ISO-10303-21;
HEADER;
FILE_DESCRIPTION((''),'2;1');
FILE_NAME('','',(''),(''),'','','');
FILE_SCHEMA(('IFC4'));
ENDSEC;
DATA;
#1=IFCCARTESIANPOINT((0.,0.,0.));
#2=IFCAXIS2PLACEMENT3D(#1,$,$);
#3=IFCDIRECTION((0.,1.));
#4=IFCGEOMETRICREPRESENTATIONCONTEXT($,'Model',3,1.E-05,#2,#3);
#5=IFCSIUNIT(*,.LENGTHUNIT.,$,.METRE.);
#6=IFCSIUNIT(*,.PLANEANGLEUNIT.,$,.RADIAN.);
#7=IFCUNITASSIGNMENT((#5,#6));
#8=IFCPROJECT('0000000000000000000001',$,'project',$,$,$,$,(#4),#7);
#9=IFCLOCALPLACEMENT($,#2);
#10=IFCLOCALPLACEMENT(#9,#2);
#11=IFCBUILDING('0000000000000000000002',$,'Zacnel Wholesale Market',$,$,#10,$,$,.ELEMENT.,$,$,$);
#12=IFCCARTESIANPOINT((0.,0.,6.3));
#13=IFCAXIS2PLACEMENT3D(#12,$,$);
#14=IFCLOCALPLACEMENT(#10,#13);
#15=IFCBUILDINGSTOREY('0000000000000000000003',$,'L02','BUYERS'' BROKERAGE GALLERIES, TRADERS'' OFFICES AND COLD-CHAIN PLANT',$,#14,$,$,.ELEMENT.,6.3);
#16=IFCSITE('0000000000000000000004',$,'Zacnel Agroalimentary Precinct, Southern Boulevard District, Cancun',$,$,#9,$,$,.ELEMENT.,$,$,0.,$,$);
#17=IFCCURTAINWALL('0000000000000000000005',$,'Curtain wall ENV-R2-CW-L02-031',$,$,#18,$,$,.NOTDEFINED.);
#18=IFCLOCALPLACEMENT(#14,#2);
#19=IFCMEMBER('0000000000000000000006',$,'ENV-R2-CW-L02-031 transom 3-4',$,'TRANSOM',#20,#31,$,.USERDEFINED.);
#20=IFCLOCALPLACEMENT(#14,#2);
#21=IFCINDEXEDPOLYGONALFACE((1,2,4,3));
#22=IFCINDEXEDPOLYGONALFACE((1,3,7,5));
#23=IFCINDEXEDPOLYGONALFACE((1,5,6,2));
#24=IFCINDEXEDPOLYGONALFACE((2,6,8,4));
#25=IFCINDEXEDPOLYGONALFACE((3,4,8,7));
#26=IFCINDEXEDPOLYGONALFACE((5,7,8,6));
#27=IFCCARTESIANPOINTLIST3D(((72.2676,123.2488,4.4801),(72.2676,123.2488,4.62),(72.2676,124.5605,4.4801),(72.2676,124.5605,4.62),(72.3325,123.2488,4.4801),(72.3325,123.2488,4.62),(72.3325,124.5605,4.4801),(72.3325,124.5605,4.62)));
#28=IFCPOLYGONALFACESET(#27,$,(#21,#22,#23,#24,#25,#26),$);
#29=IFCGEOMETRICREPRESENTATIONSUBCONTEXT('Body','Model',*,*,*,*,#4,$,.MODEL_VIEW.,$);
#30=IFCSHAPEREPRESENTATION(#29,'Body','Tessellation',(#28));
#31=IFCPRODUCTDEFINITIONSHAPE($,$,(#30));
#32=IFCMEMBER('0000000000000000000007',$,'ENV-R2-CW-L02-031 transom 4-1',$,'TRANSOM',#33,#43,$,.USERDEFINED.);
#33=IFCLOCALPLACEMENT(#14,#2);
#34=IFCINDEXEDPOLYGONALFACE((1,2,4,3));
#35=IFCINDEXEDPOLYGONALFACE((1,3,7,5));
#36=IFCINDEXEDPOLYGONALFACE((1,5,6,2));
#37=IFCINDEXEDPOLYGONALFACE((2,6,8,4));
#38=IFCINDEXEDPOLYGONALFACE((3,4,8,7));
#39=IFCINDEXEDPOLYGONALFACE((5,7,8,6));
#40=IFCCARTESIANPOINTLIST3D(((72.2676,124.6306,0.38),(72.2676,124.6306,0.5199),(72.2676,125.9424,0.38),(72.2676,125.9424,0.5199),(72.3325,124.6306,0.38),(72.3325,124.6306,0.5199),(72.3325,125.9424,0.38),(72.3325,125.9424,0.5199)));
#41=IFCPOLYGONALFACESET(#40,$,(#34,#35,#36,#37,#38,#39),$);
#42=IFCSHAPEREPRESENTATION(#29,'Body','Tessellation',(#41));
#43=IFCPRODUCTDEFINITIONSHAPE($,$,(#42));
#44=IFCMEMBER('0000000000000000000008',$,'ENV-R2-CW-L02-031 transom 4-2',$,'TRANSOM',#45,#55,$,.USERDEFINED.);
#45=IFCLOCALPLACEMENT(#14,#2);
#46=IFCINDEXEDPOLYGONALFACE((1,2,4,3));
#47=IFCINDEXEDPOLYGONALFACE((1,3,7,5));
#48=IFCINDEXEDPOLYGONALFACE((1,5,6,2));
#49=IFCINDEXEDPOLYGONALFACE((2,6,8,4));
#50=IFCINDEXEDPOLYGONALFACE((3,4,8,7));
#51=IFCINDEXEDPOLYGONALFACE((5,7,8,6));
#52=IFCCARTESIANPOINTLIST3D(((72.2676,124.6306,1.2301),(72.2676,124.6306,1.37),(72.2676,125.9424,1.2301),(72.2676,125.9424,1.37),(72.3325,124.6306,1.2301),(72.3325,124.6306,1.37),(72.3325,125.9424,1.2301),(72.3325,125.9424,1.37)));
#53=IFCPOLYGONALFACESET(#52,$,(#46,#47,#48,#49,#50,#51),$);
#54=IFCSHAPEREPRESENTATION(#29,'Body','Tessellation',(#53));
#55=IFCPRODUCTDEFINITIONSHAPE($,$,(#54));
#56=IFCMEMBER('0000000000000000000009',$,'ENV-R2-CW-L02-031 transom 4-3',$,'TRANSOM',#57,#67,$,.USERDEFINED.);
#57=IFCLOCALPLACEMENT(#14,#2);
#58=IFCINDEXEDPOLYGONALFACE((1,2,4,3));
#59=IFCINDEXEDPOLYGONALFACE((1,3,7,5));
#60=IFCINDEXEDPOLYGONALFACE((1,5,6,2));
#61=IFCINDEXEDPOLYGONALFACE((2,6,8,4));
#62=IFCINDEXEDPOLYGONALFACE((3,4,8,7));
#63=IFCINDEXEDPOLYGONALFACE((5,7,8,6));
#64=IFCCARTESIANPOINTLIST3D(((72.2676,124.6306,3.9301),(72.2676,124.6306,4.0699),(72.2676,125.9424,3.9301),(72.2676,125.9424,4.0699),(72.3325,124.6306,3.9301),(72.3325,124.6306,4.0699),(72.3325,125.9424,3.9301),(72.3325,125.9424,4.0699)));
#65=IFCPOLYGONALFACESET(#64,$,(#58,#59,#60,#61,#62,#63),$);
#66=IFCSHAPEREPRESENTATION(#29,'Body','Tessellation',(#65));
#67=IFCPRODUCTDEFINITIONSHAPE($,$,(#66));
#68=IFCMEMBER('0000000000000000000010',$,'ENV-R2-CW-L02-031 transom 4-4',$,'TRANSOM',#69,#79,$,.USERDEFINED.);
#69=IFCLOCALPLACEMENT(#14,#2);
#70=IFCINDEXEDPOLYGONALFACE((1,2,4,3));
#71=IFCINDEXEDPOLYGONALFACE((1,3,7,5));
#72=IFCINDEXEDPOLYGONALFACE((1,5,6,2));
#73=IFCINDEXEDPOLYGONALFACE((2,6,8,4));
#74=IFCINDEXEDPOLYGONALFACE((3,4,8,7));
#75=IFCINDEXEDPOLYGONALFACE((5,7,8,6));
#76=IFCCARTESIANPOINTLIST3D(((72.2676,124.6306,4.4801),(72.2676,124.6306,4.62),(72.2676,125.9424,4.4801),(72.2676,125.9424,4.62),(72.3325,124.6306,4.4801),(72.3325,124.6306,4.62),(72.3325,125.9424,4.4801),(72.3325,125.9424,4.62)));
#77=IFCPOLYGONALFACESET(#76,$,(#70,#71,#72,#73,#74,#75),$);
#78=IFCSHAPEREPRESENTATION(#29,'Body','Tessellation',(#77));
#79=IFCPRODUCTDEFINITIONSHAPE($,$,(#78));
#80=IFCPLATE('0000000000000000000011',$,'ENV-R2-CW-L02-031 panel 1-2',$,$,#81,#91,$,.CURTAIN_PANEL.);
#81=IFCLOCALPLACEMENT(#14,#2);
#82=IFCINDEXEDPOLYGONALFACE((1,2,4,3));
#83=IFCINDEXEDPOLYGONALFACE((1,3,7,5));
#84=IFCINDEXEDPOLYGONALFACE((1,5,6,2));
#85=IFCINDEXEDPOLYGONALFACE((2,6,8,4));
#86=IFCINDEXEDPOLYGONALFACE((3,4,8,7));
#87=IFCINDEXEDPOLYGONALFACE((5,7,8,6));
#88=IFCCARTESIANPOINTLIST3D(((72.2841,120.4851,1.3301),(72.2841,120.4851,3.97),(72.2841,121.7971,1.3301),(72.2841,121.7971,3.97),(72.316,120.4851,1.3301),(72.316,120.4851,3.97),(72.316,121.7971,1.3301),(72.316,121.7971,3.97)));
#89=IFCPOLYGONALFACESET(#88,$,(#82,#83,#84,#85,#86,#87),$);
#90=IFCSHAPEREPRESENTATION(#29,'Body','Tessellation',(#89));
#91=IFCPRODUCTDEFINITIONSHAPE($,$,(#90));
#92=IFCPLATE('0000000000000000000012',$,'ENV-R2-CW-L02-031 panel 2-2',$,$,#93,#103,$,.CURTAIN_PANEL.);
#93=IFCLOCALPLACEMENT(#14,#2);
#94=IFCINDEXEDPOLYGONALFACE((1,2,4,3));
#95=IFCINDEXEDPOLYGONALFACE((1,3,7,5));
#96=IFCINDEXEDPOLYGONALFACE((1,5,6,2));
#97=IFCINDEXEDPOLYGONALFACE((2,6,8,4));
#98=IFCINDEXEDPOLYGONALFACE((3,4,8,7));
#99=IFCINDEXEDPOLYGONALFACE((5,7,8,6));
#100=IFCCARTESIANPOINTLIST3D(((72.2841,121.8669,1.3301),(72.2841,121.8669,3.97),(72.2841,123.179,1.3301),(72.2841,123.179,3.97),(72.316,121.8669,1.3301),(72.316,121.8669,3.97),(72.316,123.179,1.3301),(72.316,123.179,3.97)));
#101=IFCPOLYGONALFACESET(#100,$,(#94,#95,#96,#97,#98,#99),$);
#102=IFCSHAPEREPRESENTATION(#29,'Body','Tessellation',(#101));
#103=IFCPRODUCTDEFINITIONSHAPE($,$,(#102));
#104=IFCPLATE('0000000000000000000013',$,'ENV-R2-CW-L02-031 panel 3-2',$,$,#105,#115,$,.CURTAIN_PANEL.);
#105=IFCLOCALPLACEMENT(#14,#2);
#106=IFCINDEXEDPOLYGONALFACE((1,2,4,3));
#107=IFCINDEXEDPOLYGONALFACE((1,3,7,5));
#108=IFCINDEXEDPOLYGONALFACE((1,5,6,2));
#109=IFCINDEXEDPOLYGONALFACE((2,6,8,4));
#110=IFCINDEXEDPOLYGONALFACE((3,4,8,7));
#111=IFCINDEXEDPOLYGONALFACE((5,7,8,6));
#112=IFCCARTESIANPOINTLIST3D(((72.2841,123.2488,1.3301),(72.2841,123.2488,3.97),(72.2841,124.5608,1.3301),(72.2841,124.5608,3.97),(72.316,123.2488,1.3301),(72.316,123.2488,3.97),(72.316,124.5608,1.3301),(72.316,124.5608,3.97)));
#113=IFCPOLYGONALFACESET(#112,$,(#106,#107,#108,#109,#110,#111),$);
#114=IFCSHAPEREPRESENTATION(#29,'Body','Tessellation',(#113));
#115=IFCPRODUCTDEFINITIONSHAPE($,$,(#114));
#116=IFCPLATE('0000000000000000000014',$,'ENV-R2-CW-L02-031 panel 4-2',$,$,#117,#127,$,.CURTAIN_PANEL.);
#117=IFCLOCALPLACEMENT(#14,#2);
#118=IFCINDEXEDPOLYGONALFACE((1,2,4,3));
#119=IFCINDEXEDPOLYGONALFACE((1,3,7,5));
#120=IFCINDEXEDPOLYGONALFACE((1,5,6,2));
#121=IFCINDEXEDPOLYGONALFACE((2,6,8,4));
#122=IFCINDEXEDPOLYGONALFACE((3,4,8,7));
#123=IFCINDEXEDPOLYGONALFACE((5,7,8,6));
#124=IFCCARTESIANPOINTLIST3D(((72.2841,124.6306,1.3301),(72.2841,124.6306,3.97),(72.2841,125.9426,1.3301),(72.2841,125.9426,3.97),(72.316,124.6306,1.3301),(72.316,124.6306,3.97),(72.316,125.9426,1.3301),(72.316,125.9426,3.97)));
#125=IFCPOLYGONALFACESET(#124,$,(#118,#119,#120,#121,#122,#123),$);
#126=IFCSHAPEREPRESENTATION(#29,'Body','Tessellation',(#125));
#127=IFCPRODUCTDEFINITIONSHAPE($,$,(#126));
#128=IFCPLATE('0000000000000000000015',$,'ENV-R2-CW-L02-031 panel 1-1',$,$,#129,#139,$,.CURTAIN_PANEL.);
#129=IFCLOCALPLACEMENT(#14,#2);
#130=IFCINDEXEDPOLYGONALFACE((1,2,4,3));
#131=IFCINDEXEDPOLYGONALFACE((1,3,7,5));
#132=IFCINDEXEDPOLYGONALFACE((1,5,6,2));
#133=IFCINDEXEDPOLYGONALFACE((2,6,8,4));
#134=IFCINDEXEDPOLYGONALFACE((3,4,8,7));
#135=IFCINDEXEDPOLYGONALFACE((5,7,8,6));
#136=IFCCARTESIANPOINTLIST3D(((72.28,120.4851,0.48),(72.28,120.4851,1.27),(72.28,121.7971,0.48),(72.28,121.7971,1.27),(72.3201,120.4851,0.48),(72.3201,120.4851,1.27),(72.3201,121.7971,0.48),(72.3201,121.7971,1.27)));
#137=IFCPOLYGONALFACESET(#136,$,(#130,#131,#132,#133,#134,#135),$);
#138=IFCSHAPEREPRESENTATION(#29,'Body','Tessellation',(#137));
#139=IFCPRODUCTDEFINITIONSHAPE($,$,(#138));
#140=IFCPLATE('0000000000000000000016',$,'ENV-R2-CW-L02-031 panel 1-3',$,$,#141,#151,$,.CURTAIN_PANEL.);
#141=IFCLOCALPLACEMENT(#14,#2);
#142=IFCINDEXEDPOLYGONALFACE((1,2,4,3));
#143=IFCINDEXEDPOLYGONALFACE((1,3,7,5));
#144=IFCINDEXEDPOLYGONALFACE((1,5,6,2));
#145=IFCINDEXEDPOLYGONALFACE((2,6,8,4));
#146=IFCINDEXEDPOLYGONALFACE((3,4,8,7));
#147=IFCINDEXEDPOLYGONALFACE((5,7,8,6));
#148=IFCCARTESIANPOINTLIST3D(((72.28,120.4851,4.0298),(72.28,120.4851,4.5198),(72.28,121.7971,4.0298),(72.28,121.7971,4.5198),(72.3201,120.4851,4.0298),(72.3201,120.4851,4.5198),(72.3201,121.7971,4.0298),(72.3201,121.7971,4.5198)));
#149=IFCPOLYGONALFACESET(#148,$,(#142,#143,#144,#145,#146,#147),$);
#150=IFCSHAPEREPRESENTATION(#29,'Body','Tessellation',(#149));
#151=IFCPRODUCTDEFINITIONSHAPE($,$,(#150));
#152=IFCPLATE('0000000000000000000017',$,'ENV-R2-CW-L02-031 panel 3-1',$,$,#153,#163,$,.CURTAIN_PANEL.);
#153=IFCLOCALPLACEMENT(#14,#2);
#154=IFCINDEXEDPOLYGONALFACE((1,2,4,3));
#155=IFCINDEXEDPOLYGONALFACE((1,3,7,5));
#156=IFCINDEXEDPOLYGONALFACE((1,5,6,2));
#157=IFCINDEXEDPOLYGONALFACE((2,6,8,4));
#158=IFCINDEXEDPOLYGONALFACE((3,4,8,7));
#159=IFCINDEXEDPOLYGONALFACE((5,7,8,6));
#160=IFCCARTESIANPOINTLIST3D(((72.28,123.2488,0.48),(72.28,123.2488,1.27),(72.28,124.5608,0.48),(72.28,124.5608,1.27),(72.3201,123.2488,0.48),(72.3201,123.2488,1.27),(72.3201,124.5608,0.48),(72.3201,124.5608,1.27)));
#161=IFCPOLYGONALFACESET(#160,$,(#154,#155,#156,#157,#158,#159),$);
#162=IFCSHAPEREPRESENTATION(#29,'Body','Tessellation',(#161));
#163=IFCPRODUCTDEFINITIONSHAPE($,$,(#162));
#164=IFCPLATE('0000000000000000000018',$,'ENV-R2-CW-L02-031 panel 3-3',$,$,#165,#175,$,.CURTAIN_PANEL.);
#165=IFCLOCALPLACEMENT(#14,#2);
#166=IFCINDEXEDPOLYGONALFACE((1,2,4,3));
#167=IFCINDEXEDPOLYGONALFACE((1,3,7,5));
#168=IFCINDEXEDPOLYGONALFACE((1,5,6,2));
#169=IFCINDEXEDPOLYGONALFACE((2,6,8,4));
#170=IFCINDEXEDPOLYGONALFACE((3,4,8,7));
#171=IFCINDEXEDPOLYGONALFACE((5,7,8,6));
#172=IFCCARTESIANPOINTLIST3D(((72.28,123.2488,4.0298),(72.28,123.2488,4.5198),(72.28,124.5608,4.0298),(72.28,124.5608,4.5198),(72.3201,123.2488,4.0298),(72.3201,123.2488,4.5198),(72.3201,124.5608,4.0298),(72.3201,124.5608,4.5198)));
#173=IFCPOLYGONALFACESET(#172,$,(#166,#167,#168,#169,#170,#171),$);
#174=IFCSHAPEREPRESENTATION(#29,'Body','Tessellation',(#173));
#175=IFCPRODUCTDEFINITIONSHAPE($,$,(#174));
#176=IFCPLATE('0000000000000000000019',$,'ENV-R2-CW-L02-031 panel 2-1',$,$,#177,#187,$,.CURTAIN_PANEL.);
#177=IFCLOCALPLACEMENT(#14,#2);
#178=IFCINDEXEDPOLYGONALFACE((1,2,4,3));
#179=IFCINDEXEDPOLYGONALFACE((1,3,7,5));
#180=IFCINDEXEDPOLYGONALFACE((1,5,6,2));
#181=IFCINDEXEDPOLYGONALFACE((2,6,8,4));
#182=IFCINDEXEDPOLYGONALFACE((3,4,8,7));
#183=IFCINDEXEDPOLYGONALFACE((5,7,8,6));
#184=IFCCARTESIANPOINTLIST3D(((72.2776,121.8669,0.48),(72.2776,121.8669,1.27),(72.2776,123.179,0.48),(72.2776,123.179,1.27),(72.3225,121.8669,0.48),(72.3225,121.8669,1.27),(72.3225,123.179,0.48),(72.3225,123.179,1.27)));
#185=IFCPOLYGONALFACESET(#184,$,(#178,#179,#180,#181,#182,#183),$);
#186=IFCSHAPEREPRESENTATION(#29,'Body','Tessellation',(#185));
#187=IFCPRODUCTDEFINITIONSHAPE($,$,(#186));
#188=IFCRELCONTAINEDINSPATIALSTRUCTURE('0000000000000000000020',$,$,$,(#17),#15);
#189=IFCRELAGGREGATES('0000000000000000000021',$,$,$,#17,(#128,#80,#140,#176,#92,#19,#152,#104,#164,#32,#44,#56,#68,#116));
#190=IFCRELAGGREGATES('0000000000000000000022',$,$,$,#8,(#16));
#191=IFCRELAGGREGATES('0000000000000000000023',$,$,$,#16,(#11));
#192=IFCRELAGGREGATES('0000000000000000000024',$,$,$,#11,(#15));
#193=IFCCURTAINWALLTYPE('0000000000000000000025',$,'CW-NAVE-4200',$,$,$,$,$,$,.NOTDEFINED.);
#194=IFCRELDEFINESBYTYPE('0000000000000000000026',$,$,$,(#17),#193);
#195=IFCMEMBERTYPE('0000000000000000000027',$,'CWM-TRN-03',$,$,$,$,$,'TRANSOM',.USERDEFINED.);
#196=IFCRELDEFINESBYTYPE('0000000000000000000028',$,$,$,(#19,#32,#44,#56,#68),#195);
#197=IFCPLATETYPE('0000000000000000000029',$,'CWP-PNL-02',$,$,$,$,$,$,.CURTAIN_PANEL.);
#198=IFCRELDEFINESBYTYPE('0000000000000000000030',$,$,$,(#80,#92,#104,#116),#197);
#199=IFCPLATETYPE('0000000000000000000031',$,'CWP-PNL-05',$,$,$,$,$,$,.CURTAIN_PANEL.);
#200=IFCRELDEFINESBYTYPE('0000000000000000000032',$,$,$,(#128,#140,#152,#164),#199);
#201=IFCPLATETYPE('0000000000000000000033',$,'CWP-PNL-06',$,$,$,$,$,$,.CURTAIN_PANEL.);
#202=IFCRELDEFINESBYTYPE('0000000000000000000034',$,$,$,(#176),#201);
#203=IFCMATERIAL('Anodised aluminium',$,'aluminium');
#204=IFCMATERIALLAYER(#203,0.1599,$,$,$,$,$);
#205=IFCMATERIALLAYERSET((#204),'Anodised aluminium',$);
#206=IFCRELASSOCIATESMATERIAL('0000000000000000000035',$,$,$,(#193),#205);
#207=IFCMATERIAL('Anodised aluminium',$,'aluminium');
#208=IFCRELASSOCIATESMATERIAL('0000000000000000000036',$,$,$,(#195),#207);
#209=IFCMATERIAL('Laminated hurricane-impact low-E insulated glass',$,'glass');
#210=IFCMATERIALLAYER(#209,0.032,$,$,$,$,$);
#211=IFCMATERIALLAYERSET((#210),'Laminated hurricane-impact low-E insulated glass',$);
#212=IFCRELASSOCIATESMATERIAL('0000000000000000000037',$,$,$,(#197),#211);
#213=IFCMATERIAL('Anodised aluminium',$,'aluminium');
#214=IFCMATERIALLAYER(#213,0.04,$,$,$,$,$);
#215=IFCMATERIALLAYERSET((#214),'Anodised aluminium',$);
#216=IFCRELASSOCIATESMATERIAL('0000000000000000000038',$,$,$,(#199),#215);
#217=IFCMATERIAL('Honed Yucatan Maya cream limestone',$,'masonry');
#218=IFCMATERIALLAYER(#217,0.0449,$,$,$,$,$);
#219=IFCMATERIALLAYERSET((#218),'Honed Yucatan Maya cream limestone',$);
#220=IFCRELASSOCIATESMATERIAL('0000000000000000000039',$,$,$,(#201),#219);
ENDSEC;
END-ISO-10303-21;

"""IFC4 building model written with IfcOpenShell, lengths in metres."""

from ifc_helpers import new_model, si_unit, direction, frame, origin, origin_2d, place, context, subcontext, project, spatial, rectangle, extrude, material, layer, layer_set, material_profile, profile_set, type_object, element, aggregate, save


model = new_model("IFC4")

# Units and contexts
model_context = context("Model", 3, precision=1e-05, world=origin(), true_north=direction((0.0, 1.0)))
body_context = subcontext(model_context, "Body", "Model", "MODEL_VIEW")
ifc_project = project(units=[si_unit("LENGTHUNIT", "METRE"), si_unit("PLANEANGLEUNIT", "RADIAN")], contexts=[model_context])

# Site, building, storey
site_placement = place(None, origin())
site = spatial("IfcSite", under=ifc_project, at=site_placement, Name="Zacnel Agroalimentary Precinct, Southern Boulevard District, Cancun", CompositionType="ELEMENT", RefElevation=0.0)
building_placement = place(site_placement, origin())
building = spatial("IfcBuilding", under=site, at=building_placement, Name="Zacnel Wholesale Market", CompositionType="ELEMENT")
storey_placement = place(building_placement, frame((0.0, 0.0, 6.3)))
storey = spatial("IfcBuildingStorey", under=building, at=storey_placement, Name="L02", Description="BUYERS' BROKERAGE GALLERIES, TRADERS' OFFICES AND COLD-CHAIN PLANT", CompositionType="ELEMENT", Elevation=6.3)

# Curtain wall, members, plates
ifc_material_1 = material(Name="Anodised aluminium", Category="aluminium")
ifc_layer_1 = layer(ifc_material_1, 0.1599)
ifc_layer_set_1 = layer_set([ifc_layer_1], Name="Anodised aluminium")
curtain_wall_type = type_object("IfcCurtainWallType", Name="CW-NAVE-4200", PredefinedType="NOTDEFINED", material=ifc_layer_set_1)
curtain_wall_placement = place(storey_placement, origin())
curtain_wall = element("IfcCurtainWall", 1, at=curtain_wall_placement, inside=storey, type_object=curtain_wall_type, Name="Curtain wall ENV-R2-CW-L02-031", PredefinedType="NOTDEFINED")
ifc_material_2 = material(Name="Anodised aluminium", Category="aluminium")
ifc_material_profile_1 = material_profile(ifc_material_2, rectangle(XDim=0.0649, YDim=0.1399, at=origin_2d()), Name="AW-TRANSOM 65x140")
ifc_profile_set_1 = profile_set([ifc_material_profile_1], Name="Anodised aluminium")
member_type_1 = type_object("IfcMemberType", Name="CWM-TRN-03", ElementType="TRANSOM", PredefinedType="USERDEFINED", material=ifc_profile_set_1)
member_1_placement = place(storey_placement, frame((72.3, 123.2488, 4.55), z_axis=(0.0, 1.0, 0.0), x_axis=(-1.0, 0.0, 0.0)))
member_1 = element("IfcMember", 2, at=member_1_placement, type_object=member_type_1, Name="ENV-R2-CW-L02-031 transom 3-4", ObjectType="TRANSOM", PredefinedType="USERDEFINED", context=body_context, shape_type="SweptSolid", body=[
    extrude(rectangle(XDim=0.0649, YDim=0.1399, at=origin_2d()), origin(), (0.0, 0.0, 1.0), 1.3118),
])
member_2_placement = place(storey_placement, frame((72.3, 124.6306, 0.45), z_axis=(0.0, 1.0, 0.0), x_axis=(-1.0, 0.0, 0.0)))
member_2 = element("IfcMember", 3, at=member_2_placement, type_object=member_type_1, Name="ENV-R2-CW-L02-031 transom 4-1", ObjectType="TRANSOM", PredefinedType="USERDEFINED", context=body_context, shape_type="SweptSolid", body=[
    extrude(rectangle(XDim=0.0649, YDim=0.1399, at=origin_2d()), origin(), (0.0, 0.0, 1.0), 1.3118),
])
member_3_placement = place(storey_placement, frame((72.3, 124.6306, 1.3), z_axis=(0.0, 1.0, 0.0), x_axis=(-1.0, 0.0, 0.0)))
member_3 = element("IfcMember", 4, at=member_3_placement, type_object=member_type_1, Name="ENV-R2-CW-L02-031 transom 4-2", ObjectType="TRANSOM", PredefinedType="USERDEFINED", context=body_context, shape_type="SweptSolid", body=[
    extrude(rectangle(XDim=0.0649, YDim=0.1399, at=origin_2d()), origin(), (0.0, 0.0, 1.0), 1.3118),
])
member_4_placement = place(storey_placement, frame((72.3, 124.6306, 4.0), z_axis=(0.0, 1.0, 0.0), x_axis=(-1.0, 0.0, 0.0)))
member_4 = element("IfcMember", 5, at=member_4_placement, type_object=member_type_1, Name="ENV-R2-CW-L02-031 transom 4-3", ObjectType="TRANSOM", PredefinedType="USERDEFINED", context=body_context, shape_type="SweptSolid", body=[
    extrude(rectangle(XDim=0.0649, YDim=0.1399, at=origin_2d()), origin(), (0.0, 0.0, 1.0), 1.3118),
])
member_5_placement = place(storey_placement, frame((72.3, 124.6306, 4.55), z_axis=(0.0, 1.0, 0.0), x_axis=(-1.0, 0.0, 0.0)))
member_5 = element("IfcMember", 6, at=member_5_placement, type_object=member_type_1, Name="ENV-R2-CW-L02-031 transom 4-4", ObjectType="TRANSOM", PredefinedType="USERDEFINED", context=body_context, shape_type="SweptSolid", body=[
    extrude(rectangle(XDim=0.0649, YDim=0.1399, at=origin_2d()), origin(), (0.0, 0.0, 1.0), 1.3118),
])
ifc_material_3 = material(Name="Laminated hurricane-impact low-E insulated glass", Category="glass")
ifc_layer_2 = layer(ifc_material_3, 0.032)
ifc_layer_set_2 = layer_set([ifc_layer_2], Name="Laminated hurricane-impact low-E insulated glass")
plate_type_1 = type_object("IfcPlateType", Name="CWP-PNL-02", PredefinedType="CURTAIN_PANEL", material=ifc_layer_set_2)
plate_1_placement = place(storey_placement, frame((72.3, 121.1411, 1.3301), z_axis=(0.0, 0.0, 1.0), x_axis=(0.0, 1.0, 0.0)))
plate_1 = element("IfcPlate", 7, at=plate_1_placement, type_object=plate_type_1, Name="ENV-R2-CW-L02-031 panel 1-2", PredefinedType="CURTAIN_PANEL", context=body_context, shape_type="SweptSolid", body=[
    extrude(rectangle(XDim=1.312, YDim=0.032, at=origin_2d()), origin(), (0.0, 0.0, 1.0), 2.6399),
])
plate_2_placement = place(storey_placement, frame((72.3, 122.5229, 1.3301), z_axis=(0.0, 0.0, 1.0), x_axis=(0.0, 1.0, 0.0)))
plate_2 = element("IfcPlate", 8, at=plate_2_placement, type_object=plate_type_1, Name="ENV-R2-CW-L02-031 panel 2-2", PredefinedType="CURTAIN_PANEL", context=body_context, shape_type="SweptSolid", body=[
    extrude(rectangle(XDim=1.312, YDim=0.032, at=origin_2d()), origin(), (0.0, 0.0, 1.0), 2.6399),
])
plate_3_placement = place(storey_placement, frame((72.3, 123.9048, 1.3301), z_axis=(0.0, 0.0, 1.0), x_axis=(0.0, 1.0, 0.0)))
plate_3 = element("IfcPlate", 9, at=plate_3_placement, type_object=plate_type_1, Name="ENV-R2-CW-L02-031 panel 3-2", PredefinedType="CURTAIN_PANEL", context=body_context, shape_type="SweptSolid", body=[
    extrude(rectangle(XDim=1.312, YDim=0.032, at=origin_2d()), origin(), (0.0, 0.0, 1.0), 2.6399),
])
plate_4_placement = place(storey_placement, frame((72.3, 125.2866, 1.3301), z_axis=(0.0, 0.0, 1.0), x_axis=(0.0, 1.0, 0.0)))
plate_4 = element("IfcPlate", 10, at=plate_4_placement, type_object=plate_type_1, Name="ENV-R2-CW-L02-031 panel 4-2", PredefinedType="CURTAIN_PANEL", context=body_context, shape_type="SweptSolid", body=[
    extrude(rectangle(XDim=1.312, YDim=0.032, at=origin_2d()), origin(), (0.0, 0.0, 1.0), 2.6399),
])
ifc_material_4 = material(Name="Anodised aluminium", Category="aluminium")
ifc_layer_3 = layer(ifc_material_4, 0.04)
ifc_layer_set_3 = layer_set([ifc_layer_3], Name="Anodised aluminium")
plate_type_2 = type_object("IfcPlateType", Name="CWP-PNL-05", PredefinedType="CURTAIN_PANEL", material=ifc_layer_set_3)
plate_5_placement = place(storey_placement, frame((72.3, 121.1411, 0.48), z_axis=(0.0, 0.0, 1.0), x_axis=(0.0, 1.0, 0.0)))
plate_5 = element("IfcPlate", 11, at=plate_5_placement, type_object=plate_type_2, Name="ENV-R2-CW-L02-031 panel 1-1", PredefinedType="CURTAIN_PANEL", context=body_context, shape_type="SweptSolid", body=[
    extrude(rectangle(XDim=1.312, YDim=0.04, at=origin_2d()), origin(), (0.0, 0.0, 1.0), 0.79),
])
plate_6_placement = place(storey_placement, frame((72.3, 121.1411, 4.0298), z_axis=(0.0, 0.0, 1.0), x_axis=(0.0, 1.0, 0.0)))
plate_6 = element("IfcPlate", 12, at=plate_6_placement, type_object=plate_type_2, Name="ENV-R2-CW-L02-031 panel 1-3", PredefinedType="CURTAIN_PANEL", context=body_context, shape_type="SweptSolid", body=[
    extrude(rectangle(XDim=1.312, YDim=0.04, at=origin_2d()), origin(), (0.0, 0.0, 1.0), 0.49),
])
plate_7_placement = place(storey_placement, frame((72.3, 123.9048, 0.48), z_axis=(0.0, 0.0, 1.0), x_axis=(0.0, 1.0, 0.0)))
plate_7 = element("IfcPlate", 13, at=plate_7_placement, type_object=plate_type_2, Name="ENV-R2-CW-L02-031 panel 3-1", PredefinedType="CURTAIN_PANEL", context=body_context, shape_type="SweptSolid", body=[
    extrude(rectangle(XDim=1.312, YDim=0.04, at=origin_2d()), origin(), (0.0, 0.0, 1.0), 0.79),
])
plate_8_placement = place(storey_placement, frame((72.3, 123.9048, 4.0298), z_axis=(0.0, 0.0, 1.0), x_axis=(0.0, 1.0, 0.0)))
plate_8 = element("IfcPlate", 14, at=plate_8_placement, type_object=plate_type_2, Name="ENV-R2-CW-L02-031 panel 3-3", PredefinedType="CURTAIN_PANEL", context=body_context, shape_type="SweptSolid", body=[
    extrude(rectangle(XDim=1.312, YDim=0.04, at=origin_2d()), origin(), (0.0, 0.0, 1.0), 0.49),
])
ifc_material_5 = material(Name="Honed Yucatan Maya cream limestone", Category="masonry")
ifc_layer_4 = layer(ifc_material_5, 0.0449)
ifc_layer_set_4 = layer_set([ifc_layer_4], Name="Honed Yucatan Maya cream limestone")
plate_type_3 = type_object("IfcPlateType", Name="CWP-PNL-06", PredefinedType="CURTAIN_PANEL", material=ifc_layer_set_4)
plate_9_placement = place(storey_placement, frame((72.3, 122.5229, 0.48), z_axis=(0.0, 0.0, 1.0), x_axis=(0.0, 1.0, 0.0)))
plate_9 = element("IfcPlate", 15, at=plate_9_placement, type_object=plate_type_3, Name="ENV-R2-CW-L02-031 panel 2-1", PredefinedType="CURTAIN_PANEL", context=body_context, shape_type="SweptSolid", body=[
    extrude(rectangle(XDim=1.312, YDim=0.0449, at=origin_2d()), origin(), (0.0, 0.0, 1.0), 0.79),
])
aggregate(curtain_wall, [plate_5, plate_1, plate_6, plate_9, plate_2, member_1, plate_7, plate_3, plate_8, member_2, member_3, member_4, member_5, plate_4])

save(model, "model.ifc")
